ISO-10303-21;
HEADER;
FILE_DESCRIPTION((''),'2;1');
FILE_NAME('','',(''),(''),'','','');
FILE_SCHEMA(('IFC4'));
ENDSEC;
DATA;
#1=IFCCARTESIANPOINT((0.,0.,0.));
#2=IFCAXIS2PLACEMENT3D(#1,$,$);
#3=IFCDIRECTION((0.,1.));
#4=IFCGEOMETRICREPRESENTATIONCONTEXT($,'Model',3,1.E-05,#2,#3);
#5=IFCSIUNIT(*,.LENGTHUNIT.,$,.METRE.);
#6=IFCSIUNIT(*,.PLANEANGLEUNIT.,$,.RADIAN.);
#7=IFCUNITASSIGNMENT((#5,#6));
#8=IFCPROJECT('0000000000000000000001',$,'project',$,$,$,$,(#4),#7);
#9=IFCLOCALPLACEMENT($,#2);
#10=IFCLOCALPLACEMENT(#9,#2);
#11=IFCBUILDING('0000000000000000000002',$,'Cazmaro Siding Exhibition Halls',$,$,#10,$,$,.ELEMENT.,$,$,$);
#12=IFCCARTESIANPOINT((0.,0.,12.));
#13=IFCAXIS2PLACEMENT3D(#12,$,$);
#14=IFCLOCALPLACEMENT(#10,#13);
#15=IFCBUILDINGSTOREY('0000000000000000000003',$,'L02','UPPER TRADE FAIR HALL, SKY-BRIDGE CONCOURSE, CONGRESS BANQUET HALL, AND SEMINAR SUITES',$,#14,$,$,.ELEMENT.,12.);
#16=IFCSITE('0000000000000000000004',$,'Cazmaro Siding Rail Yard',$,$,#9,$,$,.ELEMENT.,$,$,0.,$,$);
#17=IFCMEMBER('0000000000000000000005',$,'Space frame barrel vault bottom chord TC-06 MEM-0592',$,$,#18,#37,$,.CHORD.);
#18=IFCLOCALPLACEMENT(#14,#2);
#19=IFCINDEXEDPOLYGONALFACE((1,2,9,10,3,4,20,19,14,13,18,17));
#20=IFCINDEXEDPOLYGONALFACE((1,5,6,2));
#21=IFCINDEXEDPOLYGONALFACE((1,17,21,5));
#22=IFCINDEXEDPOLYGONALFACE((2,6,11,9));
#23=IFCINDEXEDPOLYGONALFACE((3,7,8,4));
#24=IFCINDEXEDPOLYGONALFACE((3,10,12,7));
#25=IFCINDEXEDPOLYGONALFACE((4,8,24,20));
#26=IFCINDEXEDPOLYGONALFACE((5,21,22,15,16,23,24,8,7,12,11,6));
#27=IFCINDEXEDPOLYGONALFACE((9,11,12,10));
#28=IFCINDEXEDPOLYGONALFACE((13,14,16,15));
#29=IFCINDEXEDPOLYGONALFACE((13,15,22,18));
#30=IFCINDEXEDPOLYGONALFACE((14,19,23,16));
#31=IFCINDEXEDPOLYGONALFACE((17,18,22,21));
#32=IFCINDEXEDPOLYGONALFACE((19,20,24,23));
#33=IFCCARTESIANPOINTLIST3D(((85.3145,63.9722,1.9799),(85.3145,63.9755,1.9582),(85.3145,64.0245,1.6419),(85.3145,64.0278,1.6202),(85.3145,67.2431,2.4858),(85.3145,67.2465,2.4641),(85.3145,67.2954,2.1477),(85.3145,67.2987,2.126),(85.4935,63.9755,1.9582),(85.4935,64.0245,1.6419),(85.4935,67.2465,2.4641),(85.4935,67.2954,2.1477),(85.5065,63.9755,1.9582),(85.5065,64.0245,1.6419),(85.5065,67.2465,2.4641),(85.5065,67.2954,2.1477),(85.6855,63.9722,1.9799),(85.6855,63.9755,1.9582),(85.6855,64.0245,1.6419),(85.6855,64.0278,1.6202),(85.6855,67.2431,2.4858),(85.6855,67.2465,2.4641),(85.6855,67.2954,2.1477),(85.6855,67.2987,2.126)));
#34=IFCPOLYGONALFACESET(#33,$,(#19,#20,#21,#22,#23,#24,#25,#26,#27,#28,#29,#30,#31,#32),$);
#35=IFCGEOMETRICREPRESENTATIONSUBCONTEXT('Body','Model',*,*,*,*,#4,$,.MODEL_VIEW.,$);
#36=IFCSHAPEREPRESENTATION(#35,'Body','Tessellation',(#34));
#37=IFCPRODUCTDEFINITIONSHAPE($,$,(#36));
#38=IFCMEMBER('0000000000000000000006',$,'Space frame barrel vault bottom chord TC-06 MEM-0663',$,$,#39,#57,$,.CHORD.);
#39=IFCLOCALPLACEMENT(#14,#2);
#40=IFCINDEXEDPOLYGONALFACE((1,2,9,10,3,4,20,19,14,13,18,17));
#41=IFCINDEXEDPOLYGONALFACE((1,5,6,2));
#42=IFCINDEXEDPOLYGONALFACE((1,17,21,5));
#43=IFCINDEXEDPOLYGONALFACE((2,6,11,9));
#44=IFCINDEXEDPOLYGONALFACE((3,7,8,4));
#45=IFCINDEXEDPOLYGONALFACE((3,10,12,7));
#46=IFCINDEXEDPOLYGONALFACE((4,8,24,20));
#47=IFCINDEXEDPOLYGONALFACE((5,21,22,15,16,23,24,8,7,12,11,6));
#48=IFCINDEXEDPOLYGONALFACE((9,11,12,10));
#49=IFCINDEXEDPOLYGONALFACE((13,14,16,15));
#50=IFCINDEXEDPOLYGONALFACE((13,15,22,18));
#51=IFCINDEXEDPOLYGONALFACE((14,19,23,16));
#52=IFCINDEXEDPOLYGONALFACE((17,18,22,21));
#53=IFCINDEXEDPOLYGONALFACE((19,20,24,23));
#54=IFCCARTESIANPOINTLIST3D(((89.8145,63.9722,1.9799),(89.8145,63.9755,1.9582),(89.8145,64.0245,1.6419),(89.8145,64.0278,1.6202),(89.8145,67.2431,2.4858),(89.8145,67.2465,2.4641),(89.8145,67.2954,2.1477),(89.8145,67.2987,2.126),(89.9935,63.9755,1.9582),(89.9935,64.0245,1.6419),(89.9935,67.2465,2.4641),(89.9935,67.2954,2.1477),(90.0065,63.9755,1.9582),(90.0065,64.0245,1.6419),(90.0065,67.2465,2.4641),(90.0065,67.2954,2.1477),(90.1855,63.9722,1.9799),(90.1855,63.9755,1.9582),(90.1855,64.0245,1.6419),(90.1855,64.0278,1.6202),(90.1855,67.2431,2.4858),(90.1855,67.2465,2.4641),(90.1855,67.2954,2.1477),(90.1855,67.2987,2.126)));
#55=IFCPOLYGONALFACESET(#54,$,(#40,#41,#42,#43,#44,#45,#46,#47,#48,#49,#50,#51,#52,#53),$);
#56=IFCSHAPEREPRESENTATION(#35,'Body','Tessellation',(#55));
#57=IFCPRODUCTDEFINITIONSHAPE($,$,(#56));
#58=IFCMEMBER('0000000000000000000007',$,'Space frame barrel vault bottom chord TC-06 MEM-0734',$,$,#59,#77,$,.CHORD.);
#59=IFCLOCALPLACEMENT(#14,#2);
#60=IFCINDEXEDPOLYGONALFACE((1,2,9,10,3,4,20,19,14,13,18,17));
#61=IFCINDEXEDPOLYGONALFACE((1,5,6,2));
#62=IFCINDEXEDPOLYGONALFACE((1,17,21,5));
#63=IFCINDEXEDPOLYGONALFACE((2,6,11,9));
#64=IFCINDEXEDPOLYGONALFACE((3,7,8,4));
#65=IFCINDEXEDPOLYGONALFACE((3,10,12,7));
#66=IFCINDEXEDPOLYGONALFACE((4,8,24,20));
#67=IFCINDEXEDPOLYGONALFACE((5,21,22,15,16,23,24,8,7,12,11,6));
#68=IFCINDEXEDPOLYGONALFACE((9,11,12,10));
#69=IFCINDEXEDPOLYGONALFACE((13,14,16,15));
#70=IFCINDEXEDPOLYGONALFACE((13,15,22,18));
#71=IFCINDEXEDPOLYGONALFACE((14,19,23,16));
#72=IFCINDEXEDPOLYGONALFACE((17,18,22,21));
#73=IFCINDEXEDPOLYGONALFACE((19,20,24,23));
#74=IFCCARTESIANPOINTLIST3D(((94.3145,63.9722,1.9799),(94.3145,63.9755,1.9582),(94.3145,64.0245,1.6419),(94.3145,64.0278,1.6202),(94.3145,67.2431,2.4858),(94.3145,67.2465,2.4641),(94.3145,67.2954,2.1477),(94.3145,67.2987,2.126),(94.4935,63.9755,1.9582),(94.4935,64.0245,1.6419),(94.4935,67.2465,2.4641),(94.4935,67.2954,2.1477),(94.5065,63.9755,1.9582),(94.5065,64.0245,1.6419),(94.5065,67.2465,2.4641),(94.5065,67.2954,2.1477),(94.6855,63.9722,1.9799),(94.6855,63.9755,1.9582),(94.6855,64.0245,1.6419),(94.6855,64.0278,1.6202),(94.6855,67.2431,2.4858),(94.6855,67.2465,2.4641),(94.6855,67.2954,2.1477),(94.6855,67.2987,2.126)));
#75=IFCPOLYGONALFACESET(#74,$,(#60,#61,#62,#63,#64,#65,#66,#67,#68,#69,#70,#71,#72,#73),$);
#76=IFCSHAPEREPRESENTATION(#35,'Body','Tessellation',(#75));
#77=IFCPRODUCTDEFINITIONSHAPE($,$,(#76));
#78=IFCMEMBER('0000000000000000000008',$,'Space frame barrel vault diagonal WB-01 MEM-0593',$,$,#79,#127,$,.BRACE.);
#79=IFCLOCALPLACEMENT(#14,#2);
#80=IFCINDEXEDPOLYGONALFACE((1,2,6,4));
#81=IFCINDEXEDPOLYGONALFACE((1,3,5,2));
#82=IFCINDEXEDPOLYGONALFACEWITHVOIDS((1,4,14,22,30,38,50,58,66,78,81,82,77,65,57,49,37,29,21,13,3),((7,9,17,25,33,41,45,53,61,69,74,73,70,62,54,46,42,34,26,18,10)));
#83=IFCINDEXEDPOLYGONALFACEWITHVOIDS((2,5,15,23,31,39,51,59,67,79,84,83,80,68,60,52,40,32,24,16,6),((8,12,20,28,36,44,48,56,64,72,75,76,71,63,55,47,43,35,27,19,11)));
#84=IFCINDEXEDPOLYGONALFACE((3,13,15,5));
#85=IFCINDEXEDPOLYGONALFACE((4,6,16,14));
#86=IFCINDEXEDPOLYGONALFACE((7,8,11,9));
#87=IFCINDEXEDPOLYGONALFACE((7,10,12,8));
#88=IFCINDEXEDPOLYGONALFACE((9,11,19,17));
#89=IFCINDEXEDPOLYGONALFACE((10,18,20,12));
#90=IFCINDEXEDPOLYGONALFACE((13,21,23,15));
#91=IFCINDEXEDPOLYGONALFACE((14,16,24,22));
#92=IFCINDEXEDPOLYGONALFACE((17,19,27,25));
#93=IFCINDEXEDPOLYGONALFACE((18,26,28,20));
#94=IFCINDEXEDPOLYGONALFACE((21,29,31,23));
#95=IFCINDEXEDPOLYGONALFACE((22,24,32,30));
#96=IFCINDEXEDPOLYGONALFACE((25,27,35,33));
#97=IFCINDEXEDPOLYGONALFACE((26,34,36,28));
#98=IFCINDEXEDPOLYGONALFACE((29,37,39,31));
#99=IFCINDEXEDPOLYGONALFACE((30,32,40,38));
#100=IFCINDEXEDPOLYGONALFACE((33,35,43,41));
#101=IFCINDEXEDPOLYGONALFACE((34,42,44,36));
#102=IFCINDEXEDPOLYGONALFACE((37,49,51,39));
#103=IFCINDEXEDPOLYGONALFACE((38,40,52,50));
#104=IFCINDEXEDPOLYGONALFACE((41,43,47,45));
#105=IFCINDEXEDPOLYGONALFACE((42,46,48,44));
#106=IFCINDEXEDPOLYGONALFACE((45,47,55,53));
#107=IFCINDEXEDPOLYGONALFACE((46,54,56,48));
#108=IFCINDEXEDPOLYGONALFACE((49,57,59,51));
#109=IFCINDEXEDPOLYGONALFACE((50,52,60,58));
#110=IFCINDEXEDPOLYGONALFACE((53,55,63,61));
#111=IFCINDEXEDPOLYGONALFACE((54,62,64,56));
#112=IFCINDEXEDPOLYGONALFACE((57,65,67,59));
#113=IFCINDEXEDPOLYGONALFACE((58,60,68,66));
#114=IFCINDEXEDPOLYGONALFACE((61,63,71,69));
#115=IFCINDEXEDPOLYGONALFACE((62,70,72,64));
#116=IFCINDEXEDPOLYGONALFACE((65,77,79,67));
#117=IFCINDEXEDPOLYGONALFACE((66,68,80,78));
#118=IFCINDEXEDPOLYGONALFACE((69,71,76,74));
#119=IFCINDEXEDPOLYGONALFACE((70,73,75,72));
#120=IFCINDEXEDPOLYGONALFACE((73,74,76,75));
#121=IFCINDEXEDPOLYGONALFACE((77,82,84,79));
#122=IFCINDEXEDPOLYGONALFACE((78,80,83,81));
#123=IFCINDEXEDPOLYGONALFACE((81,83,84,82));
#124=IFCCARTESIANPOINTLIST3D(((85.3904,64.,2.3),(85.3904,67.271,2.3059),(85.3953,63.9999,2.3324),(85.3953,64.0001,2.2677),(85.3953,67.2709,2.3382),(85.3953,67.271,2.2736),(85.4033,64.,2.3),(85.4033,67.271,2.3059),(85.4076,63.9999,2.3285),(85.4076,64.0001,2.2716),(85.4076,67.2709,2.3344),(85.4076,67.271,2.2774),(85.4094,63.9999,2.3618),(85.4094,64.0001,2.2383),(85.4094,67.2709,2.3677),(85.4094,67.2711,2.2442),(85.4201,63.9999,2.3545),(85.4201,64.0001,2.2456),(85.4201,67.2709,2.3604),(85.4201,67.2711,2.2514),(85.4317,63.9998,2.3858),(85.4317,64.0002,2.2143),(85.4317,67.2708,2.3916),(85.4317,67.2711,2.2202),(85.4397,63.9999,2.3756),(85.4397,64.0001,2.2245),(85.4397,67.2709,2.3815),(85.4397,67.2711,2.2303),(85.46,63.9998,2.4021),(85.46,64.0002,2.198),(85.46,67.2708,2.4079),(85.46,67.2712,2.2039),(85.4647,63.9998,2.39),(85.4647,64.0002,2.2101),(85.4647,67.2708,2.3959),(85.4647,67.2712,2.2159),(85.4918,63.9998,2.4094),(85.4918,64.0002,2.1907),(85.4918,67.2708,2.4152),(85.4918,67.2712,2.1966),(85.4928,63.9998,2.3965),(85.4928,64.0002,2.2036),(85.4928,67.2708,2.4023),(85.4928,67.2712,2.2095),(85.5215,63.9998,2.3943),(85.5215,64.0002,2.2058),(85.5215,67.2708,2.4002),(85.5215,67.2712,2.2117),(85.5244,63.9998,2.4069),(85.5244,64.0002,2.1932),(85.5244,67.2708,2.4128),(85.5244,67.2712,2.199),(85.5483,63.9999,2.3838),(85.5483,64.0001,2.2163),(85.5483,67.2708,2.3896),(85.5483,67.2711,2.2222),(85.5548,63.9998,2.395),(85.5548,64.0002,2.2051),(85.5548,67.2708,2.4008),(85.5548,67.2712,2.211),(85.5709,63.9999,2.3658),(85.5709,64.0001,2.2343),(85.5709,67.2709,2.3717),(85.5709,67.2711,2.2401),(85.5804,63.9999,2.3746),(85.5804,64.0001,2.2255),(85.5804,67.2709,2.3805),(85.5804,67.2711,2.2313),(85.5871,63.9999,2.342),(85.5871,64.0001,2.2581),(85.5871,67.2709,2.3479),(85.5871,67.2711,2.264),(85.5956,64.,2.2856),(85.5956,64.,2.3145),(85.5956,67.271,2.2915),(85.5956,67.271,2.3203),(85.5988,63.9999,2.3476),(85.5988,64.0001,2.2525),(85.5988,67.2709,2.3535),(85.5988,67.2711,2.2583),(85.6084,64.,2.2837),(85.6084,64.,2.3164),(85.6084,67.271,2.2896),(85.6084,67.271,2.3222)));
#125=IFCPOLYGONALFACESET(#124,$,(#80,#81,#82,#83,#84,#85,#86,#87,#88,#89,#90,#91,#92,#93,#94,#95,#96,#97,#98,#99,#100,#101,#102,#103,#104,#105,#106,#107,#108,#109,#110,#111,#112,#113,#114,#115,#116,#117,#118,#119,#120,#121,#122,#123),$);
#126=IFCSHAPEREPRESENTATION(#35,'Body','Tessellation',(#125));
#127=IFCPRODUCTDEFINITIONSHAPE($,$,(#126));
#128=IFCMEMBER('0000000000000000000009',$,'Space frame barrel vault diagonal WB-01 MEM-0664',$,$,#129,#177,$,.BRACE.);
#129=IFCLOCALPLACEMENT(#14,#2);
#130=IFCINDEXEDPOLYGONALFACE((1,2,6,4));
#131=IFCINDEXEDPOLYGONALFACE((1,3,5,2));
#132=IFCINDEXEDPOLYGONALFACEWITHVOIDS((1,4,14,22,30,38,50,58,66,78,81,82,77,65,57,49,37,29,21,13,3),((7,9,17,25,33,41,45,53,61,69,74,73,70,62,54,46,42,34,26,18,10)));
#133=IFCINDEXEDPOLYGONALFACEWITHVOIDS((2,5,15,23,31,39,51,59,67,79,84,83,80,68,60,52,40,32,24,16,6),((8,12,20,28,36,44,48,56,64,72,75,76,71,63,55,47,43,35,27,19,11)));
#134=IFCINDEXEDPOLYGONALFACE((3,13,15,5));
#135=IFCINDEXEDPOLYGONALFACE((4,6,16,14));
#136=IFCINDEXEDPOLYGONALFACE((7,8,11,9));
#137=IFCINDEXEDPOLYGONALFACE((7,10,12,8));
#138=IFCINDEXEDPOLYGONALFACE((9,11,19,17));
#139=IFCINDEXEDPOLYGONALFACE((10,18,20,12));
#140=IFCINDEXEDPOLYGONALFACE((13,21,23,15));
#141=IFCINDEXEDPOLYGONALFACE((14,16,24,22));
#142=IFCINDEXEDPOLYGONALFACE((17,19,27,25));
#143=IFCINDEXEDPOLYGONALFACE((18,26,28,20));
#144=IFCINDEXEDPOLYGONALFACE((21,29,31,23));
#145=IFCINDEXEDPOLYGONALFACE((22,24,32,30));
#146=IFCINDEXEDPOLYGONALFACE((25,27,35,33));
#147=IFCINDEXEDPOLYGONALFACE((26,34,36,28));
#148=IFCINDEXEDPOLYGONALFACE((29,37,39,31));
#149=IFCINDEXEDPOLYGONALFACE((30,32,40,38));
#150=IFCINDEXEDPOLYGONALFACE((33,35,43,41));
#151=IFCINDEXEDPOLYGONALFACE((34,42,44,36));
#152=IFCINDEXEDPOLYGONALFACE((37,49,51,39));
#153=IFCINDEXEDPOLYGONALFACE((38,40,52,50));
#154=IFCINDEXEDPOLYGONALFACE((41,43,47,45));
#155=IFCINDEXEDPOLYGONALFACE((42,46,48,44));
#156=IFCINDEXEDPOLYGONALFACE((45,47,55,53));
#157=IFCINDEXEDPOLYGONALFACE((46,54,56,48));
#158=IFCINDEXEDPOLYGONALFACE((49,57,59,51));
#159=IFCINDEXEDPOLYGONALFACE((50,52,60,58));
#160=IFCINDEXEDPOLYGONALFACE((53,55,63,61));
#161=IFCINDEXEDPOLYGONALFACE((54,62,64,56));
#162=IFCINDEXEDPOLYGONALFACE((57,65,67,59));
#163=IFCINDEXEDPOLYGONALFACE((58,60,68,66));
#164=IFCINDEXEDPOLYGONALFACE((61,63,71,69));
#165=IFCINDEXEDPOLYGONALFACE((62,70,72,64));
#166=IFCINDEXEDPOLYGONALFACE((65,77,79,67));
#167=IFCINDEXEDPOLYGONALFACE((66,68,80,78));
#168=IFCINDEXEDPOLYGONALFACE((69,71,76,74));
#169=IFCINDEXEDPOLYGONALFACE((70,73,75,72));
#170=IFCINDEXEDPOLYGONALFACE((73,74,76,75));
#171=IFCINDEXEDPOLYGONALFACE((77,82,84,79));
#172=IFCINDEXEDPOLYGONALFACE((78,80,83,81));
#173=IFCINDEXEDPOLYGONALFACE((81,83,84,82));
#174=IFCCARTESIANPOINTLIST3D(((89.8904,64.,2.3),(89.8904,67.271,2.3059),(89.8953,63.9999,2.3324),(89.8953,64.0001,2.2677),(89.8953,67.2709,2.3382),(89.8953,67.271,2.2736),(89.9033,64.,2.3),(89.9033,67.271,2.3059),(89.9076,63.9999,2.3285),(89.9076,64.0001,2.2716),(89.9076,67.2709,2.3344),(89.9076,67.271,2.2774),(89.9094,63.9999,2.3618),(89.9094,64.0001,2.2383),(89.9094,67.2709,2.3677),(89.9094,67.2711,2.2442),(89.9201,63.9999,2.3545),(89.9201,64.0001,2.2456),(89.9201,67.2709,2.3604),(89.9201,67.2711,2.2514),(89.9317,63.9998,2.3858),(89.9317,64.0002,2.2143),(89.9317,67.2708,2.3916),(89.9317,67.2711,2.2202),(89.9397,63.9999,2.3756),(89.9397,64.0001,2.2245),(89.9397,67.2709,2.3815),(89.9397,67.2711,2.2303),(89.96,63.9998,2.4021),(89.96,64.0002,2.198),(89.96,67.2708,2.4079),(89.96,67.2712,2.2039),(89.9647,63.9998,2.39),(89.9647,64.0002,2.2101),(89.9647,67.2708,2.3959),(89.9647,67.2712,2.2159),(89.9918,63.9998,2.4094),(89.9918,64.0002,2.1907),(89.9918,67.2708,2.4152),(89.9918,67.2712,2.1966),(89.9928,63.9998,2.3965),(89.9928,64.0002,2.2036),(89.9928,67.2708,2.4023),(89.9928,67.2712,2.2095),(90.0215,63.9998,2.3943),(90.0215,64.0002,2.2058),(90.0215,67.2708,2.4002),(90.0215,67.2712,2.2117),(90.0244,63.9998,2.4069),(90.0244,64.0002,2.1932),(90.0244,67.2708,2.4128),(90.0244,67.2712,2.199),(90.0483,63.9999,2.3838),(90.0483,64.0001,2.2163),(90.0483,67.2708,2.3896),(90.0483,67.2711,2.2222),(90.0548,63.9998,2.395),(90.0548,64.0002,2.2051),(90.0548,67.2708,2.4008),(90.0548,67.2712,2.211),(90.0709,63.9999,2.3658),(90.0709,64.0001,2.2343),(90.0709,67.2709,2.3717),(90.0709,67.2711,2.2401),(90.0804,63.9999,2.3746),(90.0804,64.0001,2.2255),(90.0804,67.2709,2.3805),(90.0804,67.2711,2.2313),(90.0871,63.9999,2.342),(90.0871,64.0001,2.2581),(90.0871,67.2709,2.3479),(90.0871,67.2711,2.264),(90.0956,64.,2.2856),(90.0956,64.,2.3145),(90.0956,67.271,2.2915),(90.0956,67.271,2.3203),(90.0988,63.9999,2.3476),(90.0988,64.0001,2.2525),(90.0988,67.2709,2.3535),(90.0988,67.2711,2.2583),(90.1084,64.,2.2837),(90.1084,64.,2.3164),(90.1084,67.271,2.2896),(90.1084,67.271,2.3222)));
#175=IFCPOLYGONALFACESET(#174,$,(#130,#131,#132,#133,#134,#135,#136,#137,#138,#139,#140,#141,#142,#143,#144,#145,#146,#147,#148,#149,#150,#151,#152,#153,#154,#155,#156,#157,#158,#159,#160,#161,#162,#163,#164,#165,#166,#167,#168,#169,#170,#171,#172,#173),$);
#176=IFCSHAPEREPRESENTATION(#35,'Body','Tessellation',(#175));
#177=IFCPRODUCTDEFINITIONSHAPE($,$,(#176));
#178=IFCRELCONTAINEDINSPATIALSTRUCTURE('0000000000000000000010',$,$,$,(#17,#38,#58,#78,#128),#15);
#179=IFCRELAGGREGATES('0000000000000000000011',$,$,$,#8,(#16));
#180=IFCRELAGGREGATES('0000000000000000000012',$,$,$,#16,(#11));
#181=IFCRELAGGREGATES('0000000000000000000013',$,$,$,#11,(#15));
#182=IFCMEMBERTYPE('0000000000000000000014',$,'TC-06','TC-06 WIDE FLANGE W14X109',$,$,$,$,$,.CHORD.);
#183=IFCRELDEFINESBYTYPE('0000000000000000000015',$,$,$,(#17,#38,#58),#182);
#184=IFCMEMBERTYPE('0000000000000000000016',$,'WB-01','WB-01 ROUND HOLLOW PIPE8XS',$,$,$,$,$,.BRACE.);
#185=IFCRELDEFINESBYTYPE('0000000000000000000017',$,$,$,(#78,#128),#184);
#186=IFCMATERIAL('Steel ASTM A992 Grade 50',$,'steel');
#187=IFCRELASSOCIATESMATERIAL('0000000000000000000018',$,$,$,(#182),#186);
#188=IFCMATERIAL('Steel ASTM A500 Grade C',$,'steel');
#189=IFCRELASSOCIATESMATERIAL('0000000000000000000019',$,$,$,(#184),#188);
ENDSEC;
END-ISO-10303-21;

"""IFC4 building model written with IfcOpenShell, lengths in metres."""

from ifc_helpers import new_model, si_unit, direction, frame, origin, origin_2d, place, context, subcontext, project, spatial, hollow_circle, i_section, extrude, material, material_profile, profile_set, type_object, element, save


model = new_model("IFC4")

# Units and contexts
model_context = context("Model", 3, precision=1e-05, world=origin(), true_north=direction((0.0, 1.0)))
body_context = subcontext(model_context, "Body", "Model", "MODEL_VIEW")
ifc_project = project(units=[si_unit("LENGTHUNIT", "METRE"), si_unit("PLANEANGLEUNIT", "RADIAN")], contexts=[model_context])

# Site, building, storey
site_placement = place(None, origin())
site = spatial("IfcSite", under=ifc_project, at=site_placement, Name="Cazmaro Siding Rail Yard", CompositionType="ELEMENT", RefElevation=0.0)
building_placement = place(site_placement, origin())
building = spatial("IfcBuilding", under=site, at=building_placement, Name="Cazmaro Siding Exhibition Halls", CompositionType="ELEMENT")
storey_placement = place(building_placement, frame((0.0, 0.0, 12.0)))
storey = spatial("IfcBuildingStorey", under=building, at=storey_placement, Name="L02", Description="UPPER TRADE FAIR HALL, SKY-BRIDGE CONCOURSE, CONGRESS BANQUET HALL, AND SEMINAR SUITES", CompositionType="ELEMENT", Elevation=12.0)

# Members
ifc_material_1 = material(Name="Steel ASTM A992 Grade 50", Category="steel")
ifc_material_profile_1 = material_profile(ifc_material_1, i_section(OverallWidth=0.3711, OverallDepth=0.364, WebThickness=0.0129, FlangeThickness=0.022, at=origin_2d()), Name="W14X109")
ifc_profile_set_1 = profile_set([ifc_material_profile_1], Name="Steel ASTM A992 Grade 50")
member_type_1 = type_object("IfcMemberType", Name="TC-06", Description="TC-06 WIDE FLANGE W14X109", PredefinedType="CHORD", material=ifc_profile_set_1)
for number, where, z_axis, x_axis, name in (
    (1, (85.5, 64.0, 1.8), (0.0, 0.988252, 0.152833), (-1.0, 0.0, 0.0), "Space frame barrel vault bottom chord TC-06 MEM-0592"),
    (2, (90.0, 64.0, 1.8), (0.0, 0.988252, 0.152833), (-1.0, 0.0, 0.0), "Space frame barrel vault bottom chord TC-06 MEM-0663"),
    (3, (94.5, 64.0, 1.8), (0.0, 0.988252, 0.152833), (-1.0, 0.0, 0.0), "Space frame barrel vault bottom chord TC-06 MEM-0734"),
):
    element("IfcMember", number, at=place(storey_placement, frame(where, z_axis=z_axis, x_axis=x_axis)), inside=storey, type_object=member_type_1, Name=name, PredefinedType="CHORD", context=body_context, shape_type="SweptSolid", body=[
        extrude(i_section(OverallWidth=0.3711, OverallDepth=0.364, WebThickness=0.0129, FlangeThickness=0.022, at=origin_2d()), origin(), (0.0, 0.0, 1.0), 3.3098),
    ])
ifc_material_2 = material(Name="Steel ASTM A500 Grade C", Category="steel")
ifc_material_profile_2 = material_profile(ifc_material_2, hollow_circle(Radius=0.1096, WallThickness=0.0129, at=origin_2d()), Name="PIPE8XS")
ifc_profile_set_2 = profile_set([ifc_material_profile_2], Name="Steel ASTM A500 Grade C")
member_type_2 = type_object("IfcMemberType", Name="WB-01", Description="WB-01 ROUND HOLLOW PIPE8XS", PredefinedType="BRACE", material=ifc_profile_set_2)
for number, where, z_axis, x_axis, name in (
    (4, (85.5, 64.0, 2.3), (0.0, 0.999998, 0.001791), (-1.0, 0.0, 0.0), "Space frame barrel vault diagonal WB-01 MEM-0593"),
    (5, (90.0, 64.0, 2.3), (0.0, 0.999998, 0.001791), (-1.0, 0.0, 0.0), "Space frame barrel vault diagonal WB-01 MEM-0664"),
):
    element("IfcMember", number, at=place(storey_placement, frame(where, z_axis=z_axis, x_axis=x_axis)), inside=storey, type_object=member_type_2, Name=name, PredefinedType="BRACE", context=body_context, shape_type="SweptSolid", body=[
        extrude(hollow_circle(Radius=0.1096, WallThickness=0.0129, at=origin_2d()), origin(), (0.0, 0.0, 1.0), 3.271),
    ])

save(model, "model.ifc")
